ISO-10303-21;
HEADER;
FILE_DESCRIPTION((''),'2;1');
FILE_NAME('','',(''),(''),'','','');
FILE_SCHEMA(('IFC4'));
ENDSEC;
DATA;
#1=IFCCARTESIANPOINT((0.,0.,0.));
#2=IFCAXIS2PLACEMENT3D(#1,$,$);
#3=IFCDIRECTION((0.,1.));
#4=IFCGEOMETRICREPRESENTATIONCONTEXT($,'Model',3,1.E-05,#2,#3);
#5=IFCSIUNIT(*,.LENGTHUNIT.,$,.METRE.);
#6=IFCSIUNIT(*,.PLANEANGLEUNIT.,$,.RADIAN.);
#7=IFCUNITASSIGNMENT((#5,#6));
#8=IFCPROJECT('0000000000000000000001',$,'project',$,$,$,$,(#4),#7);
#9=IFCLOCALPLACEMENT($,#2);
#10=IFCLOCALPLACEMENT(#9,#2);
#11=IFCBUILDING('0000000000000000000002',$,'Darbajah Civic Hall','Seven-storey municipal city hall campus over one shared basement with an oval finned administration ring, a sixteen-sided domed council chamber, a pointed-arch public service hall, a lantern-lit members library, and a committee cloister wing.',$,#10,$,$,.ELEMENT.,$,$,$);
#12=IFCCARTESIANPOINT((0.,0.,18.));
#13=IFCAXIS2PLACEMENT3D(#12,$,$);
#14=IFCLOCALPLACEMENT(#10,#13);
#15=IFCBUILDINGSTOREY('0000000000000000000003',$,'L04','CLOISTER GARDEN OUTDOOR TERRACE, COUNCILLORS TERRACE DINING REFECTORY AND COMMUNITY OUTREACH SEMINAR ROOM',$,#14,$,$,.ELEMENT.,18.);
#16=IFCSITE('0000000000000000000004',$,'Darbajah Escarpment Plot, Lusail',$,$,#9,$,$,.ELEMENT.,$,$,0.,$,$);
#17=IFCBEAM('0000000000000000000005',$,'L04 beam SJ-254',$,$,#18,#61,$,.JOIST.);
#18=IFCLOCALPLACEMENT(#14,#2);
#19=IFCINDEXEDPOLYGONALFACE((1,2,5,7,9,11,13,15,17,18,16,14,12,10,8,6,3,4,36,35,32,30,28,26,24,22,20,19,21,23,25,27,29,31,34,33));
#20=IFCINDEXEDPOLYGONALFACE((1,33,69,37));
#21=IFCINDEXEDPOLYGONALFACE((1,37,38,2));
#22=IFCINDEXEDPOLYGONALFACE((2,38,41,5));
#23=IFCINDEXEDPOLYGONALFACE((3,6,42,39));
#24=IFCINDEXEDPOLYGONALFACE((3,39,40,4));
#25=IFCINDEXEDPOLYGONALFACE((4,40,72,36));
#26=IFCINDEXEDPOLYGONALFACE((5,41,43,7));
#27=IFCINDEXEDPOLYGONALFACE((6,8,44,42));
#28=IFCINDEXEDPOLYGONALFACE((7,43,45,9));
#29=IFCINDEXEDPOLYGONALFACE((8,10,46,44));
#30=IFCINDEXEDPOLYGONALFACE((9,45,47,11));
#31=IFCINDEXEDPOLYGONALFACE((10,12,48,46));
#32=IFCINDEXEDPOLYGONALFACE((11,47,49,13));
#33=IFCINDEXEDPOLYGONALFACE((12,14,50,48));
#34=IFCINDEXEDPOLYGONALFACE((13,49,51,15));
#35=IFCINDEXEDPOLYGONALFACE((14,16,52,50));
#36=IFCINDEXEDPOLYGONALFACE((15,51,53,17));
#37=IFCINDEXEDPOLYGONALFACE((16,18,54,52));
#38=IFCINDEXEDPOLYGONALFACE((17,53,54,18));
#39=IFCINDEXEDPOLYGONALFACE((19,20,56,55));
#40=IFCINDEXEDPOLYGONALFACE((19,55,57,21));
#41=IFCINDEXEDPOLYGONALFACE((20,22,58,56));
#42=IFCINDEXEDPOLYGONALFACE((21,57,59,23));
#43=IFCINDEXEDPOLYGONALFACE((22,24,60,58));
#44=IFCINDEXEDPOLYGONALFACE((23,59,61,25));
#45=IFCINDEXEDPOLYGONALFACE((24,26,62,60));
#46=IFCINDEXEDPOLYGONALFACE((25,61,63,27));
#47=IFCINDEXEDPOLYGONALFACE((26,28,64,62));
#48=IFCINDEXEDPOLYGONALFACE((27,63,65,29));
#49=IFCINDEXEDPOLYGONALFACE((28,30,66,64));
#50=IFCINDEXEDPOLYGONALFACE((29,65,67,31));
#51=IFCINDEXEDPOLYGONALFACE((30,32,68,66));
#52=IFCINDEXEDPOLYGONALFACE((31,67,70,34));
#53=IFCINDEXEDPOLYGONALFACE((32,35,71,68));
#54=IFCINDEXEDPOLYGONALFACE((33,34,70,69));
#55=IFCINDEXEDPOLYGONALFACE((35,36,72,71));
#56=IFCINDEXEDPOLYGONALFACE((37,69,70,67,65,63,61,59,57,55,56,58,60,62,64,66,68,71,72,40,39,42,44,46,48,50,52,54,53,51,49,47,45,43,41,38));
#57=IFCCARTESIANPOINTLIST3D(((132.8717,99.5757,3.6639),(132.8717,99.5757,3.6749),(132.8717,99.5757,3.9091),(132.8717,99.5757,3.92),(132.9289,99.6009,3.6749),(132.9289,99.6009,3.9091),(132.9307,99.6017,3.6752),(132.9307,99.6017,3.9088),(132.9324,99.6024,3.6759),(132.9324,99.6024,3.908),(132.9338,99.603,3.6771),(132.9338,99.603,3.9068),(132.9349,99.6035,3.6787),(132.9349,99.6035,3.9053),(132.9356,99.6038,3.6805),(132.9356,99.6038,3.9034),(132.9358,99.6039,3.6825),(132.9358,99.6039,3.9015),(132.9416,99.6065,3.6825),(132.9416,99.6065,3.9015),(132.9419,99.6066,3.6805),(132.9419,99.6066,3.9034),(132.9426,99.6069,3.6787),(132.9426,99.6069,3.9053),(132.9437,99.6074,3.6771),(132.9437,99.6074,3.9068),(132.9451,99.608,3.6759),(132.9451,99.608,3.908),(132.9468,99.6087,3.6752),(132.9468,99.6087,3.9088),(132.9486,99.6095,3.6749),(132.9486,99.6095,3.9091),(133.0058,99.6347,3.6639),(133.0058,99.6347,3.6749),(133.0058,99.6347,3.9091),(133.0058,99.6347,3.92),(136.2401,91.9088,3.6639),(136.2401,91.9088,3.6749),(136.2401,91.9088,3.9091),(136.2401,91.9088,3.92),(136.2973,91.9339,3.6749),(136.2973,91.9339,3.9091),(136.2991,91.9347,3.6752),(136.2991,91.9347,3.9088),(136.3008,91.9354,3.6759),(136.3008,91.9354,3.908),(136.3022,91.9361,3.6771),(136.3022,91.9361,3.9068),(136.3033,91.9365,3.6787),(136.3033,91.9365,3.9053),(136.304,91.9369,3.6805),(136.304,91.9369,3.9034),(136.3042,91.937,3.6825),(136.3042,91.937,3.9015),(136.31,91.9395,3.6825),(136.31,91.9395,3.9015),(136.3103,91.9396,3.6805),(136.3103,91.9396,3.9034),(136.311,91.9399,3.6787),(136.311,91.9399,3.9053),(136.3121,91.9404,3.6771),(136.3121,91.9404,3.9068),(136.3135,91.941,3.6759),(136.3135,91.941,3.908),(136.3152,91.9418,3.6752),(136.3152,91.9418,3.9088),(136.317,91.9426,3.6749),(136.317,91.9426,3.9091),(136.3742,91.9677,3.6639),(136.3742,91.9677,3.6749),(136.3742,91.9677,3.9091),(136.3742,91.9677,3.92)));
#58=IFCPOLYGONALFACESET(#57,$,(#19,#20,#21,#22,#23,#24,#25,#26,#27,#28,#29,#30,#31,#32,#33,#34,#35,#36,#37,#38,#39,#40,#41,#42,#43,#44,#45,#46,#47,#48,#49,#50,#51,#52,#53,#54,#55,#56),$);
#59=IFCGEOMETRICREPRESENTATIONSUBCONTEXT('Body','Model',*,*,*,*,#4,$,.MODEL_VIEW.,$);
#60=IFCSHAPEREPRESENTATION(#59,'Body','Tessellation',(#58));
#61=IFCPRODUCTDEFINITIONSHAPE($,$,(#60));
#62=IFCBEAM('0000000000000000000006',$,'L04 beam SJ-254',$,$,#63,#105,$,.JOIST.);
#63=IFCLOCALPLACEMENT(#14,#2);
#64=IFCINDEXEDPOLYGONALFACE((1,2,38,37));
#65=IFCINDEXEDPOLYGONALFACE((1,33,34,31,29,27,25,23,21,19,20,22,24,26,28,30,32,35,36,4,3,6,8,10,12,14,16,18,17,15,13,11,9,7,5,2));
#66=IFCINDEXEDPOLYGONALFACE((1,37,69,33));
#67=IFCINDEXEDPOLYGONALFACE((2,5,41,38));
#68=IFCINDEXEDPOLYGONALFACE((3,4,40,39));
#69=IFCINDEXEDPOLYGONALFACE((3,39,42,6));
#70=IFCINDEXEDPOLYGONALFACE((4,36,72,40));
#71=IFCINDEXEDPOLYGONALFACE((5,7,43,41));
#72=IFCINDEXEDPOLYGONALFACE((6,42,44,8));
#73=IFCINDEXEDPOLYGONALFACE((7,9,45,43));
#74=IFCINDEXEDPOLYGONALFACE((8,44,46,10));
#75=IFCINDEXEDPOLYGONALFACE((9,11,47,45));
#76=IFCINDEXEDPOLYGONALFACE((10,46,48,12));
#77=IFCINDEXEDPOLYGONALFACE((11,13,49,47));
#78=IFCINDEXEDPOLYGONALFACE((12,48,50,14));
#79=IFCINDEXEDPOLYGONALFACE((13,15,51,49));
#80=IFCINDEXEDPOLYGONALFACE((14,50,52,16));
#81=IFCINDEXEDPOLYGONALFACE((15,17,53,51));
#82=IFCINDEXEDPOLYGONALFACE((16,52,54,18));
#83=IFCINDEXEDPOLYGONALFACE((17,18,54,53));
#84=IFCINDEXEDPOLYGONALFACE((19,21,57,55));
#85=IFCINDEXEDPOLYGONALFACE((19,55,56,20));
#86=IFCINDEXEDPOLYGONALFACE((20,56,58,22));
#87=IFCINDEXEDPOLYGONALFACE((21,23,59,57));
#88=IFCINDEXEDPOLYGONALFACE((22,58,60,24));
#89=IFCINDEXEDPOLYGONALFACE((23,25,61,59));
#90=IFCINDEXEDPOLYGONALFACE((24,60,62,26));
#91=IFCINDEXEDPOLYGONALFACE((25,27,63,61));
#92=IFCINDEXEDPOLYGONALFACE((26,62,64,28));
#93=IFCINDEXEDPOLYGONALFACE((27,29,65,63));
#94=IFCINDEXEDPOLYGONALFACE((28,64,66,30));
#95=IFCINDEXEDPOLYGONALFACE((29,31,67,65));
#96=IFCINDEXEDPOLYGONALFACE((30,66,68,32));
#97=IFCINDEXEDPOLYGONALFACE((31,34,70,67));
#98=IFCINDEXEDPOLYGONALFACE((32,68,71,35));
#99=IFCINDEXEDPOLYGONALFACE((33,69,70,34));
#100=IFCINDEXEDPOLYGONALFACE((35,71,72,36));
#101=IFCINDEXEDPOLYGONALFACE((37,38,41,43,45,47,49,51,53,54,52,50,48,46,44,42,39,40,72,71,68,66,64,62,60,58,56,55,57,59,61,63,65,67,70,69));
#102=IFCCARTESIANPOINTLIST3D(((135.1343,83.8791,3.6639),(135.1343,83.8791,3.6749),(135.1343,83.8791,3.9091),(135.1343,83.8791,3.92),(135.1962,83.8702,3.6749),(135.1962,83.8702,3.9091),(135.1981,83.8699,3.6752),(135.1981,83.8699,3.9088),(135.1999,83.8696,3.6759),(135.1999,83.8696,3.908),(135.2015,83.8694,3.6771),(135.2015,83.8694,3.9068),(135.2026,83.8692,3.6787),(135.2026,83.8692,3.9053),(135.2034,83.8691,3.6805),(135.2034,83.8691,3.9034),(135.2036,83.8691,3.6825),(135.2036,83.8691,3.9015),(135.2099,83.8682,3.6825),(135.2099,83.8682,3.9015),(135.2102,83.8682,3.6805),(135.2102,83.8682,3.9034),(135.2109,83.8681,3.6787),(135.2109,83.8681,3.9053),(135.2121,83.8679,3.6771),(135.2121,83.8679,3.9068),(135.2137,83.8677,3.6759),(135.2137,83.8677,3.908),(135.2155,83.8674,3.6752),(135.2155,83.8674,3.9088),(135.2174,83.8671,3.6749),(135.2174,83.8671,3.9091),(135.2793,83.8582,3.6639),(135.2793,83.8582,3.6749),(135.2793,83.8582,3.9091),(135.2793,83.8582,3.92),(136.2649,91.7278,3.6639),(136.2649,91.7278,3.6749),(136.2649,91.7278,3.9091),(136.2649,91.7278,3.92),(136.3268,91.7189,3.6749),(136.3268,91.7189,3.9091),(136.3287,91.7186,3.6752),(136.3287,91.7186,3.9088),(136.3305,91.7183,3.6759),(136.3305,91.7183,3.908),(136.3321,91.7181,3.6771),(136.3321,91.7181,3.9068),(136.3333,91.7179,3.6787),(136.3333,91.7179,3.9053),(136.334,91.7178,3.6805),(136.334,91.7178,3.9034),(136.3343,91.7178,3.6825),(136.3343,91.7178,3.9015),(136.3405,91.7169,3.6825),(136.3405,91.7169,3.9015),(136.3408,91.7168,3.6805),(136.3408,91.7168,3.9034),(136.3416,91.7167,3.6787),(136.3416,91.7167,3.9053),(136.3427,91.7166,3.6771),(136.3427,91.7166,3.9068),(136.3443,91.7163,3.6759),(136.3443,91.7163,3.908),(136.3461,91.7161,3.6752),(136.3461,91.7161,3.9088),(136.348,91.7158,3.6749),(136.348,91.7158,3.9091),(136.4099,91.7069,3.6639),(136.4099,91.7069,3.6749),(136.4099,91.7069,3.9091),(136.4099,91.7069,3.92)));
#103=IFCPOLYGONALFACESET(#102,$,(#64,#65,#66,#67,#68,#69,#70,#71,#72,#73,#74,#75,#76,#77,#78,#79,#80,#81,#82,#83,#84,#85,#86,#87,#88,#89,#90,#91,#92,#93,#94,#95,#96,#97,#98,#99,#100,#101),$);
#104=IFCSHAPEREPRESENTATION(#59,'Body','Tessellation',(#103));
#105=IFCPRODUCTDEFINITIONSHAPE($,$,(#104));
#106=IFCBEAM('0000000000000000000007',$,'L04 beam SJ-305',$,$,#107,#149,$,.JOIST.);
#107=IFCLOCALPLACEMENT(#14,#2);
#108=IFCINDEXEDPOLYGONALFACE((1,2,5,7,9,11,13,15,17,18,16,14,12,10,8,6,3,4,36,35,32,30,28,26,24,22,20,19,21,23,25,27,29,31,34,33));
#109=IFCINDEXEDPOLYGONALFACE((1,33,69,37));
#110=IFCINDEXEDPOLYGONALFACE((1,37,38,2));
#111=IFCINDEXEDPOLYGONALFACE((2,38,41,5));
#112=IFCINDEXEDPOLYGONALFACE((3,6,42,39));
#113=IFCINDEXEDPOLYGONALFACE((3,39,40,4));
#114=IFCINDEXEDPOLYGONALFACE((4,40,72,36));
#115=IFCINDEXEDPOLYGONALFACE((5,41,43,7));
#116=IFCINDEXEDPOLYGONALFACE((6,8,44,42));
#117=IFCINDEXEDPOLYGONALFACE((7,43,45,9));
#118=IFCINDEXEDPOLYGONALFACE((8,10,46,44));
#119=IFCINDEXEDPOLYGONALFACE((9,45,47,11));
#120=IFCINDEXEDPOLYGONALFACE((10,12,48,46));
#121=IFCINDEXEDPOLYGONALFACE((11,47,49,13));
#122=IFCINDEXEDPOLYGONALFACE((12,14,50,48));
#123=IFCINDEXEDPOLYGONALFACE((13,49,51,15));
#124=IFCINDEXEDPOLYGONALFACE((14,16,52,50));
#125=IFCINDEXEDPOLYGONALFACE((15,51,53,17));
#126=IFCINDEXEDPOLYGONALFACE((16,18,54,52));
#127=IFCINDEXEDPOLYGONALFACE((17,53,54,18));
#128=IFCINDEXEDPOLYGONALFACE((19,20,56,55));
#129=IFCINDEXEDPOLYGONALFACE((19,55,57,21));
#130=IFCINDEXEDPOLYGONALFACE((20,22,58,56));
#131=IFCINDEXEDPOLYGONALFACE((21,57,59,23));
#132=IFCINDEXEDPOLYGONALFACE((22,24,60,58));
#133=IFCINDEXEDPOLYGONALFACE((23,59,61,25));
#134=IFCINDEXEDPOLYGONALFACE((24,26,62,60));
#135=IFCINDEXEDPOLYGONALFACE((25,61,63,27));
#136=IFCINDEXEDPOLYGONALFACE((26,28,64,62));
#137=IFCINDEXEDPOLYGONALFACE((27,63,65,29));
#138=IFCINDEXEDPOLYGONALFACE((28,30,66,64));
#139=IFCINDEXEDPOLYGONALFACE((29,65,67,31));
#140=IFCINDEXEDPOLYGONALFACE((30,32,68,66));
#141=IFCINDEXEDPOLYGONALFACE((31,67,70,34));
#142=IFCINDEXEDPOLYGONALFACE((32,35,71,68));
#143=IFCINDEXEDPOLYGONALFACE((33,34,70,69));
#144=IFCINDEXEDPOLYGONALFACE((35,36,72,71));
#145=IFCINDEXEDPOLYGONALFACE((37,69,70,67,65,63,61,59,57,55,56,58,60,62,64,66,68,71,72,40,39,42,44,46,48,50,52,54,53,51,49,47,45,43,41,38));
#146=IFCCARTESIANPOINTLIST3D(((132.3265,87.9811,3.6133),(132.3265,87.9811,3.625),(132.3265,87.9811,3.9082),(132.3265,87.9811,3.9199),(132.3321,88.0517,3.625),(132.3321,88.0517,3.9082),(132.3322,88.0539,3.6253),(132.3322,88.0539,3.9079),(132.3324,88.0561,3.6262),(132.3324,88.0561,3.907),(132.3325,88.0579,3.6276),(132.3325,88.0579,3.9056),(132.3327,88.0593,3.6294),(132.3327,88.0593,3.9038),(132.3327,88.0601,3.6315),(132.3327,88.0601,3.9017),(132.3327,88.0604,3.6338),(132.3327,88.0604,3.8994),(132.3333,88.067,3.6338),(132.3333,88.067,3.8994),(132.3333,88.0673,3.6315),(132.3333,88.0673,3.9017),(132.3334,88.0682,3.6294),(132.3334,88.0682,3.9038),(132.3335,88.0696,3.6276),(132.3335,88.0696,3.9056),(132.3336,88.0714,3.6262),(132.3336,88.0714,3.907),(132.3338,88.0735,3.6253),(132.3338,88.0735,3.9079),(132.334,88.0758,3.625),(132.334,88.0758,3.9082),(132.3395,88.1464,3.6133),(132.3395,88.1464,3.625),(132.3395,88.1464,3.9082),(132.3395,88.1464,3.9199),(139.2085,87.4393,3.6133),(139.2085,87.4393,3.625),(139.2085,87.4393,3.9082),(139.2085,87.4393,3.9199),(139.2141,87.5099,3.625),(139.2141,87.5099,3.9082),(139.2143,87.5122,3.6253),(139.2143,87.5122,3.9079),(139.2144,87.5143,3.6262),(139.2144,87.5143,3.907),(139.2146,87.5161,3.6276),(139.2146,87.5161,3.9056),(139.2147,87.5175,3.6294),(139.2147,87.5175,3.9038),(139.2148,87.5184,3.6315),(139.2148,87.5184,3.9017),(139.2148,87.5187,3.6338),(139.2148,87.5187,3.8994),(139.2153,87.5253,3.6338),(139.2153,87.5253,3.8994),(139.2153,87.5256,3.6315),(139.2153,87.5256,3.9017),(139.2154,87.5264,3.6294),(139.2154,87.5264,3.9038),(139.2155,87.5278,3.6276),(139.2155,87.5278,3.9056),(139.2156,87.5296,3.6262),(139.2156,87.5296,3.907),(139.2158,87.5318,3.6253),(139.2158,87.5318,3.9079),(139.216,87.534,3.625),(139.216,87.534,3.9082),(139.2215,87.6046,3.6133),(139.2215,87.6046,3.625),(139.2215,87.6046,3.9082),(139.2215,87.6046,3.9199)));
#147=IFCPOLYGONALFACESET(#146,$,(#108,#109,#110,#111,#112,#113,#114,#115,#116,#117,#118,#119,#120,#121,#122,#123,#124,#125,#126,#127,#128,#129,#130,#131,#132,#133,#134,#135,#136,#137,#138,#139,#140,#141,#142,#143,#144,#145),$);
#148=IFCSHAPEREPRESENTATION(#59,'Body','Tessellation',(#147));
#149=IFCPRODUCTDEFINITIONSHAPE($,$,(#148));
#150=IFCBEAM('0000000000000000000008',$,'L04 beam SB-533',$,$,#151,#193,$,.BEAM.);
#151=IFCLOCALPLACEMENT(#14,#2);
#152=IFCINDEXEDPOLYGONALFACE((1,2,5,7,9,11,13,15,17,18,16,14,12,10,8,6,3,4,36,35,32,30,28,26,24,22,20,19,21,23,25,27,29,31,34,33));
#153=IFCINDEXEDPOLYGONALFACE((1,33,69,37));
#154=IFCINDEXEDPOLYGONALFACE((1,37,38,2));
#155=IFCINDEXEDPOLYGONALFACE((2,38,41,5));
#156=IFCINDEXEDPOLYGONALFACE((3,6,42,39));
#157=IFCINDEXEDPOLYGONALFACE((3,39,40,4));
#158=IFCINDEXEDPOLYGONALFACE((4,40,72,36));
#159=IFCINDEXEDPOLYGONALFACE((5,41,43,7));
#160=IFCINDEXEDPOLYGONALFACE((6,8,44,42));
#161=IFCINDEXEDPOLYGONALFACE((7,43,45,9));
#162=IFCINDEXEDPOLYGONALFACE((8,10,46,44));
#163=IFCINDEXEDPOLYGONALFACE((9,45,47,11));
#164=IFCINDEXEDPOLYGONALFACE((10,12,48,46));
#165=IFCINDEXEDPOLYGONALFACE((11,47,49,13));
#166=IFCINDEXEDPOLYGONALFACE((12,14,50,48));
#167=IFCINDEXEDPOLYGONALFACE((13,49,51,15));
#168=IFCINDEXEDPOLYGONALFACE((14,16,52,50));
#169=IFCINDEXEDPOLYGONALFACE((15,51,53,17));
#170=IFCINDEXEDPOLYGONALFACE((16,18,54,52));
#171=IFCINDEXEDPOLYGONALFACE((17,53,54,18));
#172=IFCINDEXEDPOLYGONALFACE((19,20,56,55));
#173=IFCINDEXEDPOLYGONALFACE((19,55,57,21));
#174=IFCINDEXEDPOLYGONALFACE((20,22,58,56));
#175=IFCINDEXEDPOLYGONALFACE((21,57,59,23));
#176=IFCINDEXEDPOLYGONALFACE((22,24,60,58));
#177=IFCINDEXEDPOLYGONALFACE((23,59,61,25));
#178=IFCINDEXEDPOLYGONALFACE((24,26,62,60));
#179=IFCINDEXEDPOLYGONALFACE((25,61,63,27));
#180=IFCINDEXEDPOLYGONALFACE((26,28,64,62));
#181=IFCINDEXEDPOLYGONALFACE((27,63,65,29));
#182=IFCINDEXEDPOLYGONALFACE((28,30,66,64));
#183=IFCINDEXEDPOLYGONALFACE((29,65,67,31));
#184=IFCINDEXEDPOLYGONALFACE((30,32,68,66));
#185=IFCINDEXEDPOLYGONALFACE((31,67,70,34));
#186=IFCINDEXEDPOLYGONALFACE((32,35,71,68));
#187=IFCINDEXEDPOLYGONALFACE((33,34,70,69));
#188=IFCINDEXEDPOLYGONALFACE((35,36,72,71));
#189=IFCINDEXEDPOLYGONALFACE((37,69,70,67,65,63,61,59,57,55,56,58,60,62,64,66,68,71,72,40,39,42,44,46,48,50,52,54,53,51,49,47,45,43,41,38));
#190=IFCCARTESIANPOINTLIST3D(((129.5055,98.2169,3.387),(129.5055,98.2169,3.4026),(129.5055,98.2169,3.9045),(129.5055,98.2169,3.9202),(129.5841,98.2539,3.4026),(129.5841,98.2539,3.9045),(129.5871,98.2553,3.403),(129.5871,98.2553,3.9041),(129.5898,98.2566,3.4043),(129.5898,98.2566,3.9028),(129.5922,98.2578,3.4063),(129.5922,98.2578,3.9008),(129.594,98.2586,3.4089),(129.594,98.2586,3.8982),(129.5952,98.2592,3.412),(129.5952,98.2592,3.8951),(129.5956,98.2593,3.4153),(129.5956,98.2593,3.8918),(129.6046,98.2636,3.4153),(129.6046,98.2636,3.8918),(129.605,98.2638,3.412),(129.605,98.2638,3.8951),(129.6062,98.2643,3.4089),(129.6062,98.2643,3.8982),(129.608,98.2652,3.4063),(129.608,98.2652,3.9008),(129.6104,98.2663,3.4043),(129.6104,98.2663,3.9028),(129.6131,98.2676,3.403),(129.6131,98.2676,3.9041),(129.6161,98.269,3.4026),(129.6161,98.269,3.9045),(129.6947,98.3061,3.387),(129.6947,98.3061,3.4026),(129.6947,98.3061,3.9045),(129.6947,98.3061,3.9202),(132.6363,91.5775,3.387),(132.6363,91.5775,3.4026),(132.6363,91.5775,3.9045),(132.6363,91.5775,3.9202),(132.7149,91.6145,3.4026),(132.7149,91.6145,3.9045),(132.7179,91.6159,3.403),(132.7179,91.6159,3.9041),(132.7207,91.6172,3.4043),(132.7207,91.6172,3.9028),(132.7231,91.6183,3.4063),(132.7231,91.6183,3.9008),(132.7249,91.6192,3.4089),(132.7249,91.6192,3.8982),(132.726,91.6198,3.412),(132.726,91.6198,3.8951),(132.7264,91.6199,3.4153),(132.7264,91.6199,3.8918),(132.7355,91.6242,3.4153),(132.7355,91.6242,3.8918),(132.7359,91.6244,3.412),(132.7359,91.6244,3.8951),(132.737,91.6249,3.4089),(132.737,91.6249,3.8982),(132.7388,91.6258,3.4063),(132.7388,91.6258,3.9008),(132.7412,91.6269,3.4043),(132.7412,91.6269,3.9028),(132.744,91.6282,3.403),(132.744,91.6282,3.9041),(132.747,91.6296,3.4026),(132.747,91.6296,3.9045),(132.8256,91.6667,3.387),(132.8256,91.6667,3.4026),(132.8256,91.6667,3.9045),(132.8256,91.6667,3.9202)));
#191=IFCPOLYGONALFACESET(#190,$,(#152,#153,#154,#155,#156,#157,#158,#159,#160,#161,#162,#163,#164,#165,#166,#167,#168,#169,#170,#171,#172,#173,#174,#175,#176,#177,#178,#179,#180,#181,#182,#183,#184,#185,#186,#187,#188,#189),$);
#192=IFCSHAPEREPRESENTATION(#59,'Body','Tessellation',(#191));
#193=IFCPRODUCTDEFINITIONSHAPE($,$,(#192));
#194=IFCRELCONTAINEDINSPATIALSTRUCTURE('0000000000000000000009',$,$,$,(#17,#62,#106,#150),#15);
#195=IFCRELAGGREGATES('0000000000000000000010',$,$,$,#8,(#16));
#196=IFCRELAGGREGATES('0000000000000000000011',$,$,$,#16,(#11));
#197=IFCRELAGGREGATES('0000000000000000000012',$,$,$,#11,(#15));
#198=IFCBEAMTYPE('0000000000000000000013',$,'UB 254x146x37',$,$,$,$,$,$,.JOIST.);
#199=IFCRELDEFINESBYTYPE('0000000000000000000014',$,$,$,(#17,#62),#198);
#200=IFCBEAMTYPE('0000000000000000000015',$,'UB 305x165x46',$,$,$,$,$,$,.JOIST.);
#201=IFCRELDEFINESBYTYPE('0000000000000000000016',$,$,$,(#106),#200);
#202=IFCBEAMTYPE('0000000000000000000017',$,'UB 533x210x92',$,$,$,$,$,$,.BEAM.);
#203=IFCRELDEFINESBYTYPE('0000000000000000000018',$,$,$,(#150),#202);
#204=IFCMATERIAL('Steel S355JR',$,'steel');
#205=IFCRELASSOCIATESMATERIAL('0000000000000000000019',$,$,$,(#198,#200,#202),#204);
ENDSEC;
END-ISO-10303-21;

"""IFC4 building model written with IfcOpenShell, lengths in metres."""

from ifc_helpers import new_model, si_unit, direction, frame, origin, origin_2d, place, context, subcontext, project, spatial, i_section, extrude, material, material_profile, profile_set, type_object, element, save


model = new_model("IFC4")

# Units and contexts
model_context = context("Model", 3, precision=1e-05, world=origin(), true_north=direction((0.0, 1.0)))
body_context = subcontext(model_context, "Body", "Model", "MODEL_VIEW")
ifc_project = project(units=[si_unit("LENGTHUNIT", "METRE"), si_unit("PLANEANGLEUNIT", "RADIAN")], contexts=[model_context])

# Site, building, storey
site_placement = place(None, origin())
site = spatial("IfcSite", under=ifc_project, at=site_placement, Name="Darbajah Escarpment Plot, Lusail", CompositionType="ELEMENT", RefElevation=0.0)
building_placement = place(site_placement, origin())
building = spatial("IfcBuilding", under=site, at=building_placement, Name="Darbajah Civic Hall", Description="Seven-storey municipal city hall campus over one shared basement with an oval finned administration ring, a sixteen-sided domed council chamber, a pointed-arch public service hall, a lantern-lit members library, and a committee cloister wing.", CompositionType="ELEMENT")
storey_placement = place(building_placement, frame((0.0, 0.0, 18.0)))
storey = spatial("IfcBuildingStorey", under=building, at=storey_placement, Name="L04", Description="CLOISTER GARDEN OUTDOOR TERRACE, COUNCILLORS TERRACE DINING REFECTORY AND COMMUNITY OUTREACH SEMINAR ROOM", CompositionType="ELEMENT", Elevation=18.0)

# Beams
ifc_material_1 = material(Name="Steel S355JR", Category="steel")
ifc_material_profile_1 = material_profile(ifc_material_1, i_section(OverallWidth=0.1465, OverallDepth=0.2561, WebThickness=0.0063, FlangeThickness=0.011, FilletRadius=0.0076, at=origin_2d()), Name="UB 254x146x37")
ifc_profile_set_1 = profile_set([ifc_material_profile_1], Name="Steel S355JR")
beam_type_1 = type_object("IfcBeamType", Name="UB 254x146x37", PredefinedType="JOIST", material=ifc_profile_set_1)
beam_1_placement = place(storey_placement, frame((136.3071, 91.9382, 3.792), z_axis=(-0.402231, 0.915538, 0.0), x_axis=(-0.915538, -0.402231, 0.0)))
element("IfcBeam", 1, at=beam_1_placement, inside=storey, type_object=beam_type_1, Name="L04 beam SJ-254", PredefinedType="JOIST", context=body_context, shape_type="SweptSolid", body=[
    extrude(i_section(OverallWidth=0.1465, OverallDepth=0.2561, WebThickness=0.0063, FlangeThickness=0.011, FilletRadius=0.0076, at=origin_2d()), origin(), (0.0, 0.0, 1.0), 8.3743),
])
beam_2_placement = place(storey_placement, frame((135.2068, 83.8687, 3.792), z_axis=(0.142581, 0.989783, 0.0), x_axis=(-0.989783, 0.142581, 0.0)))
element("IfcBeam", 2, at=beam_2_placement, inside=storey, type_object=beam_type_1, Name="L04 beam SJ-254", PredefinedType="JOIST", context=body_context, shape_type="SweptSolid", body=[
    extrude(i_section(OverallWidth=0.1465, OverallDepth=0.2561, WebThickness=0.0063, FlangeThickness=0.011, FilletRadius=0.0076, at=origin_2d()), origin(), (0.0, 0.0, 1.0), 7.9297),
])
ifc_material_profile_2 = material_profile(ifc_material_1, i_section(OverallWidth=0.1658, OverallDepth=0.3066, WebThickness=0.0066, FlangeThickness=0.0117, FilletRadius=0.0088, at=origin_2d()), Name="UB 305x165x46")
ifc_profile_set_2 = profile_set([ifc_material_profile_2], Name="Steel S355JR")
beam_type_2 = type_object("IfcBeamType", Name="UB 305x165x46", PredefinedType="JOIST", material=ifc_profile_set_2)
beam_3_placement = place(storey_placement, frame((132.333, 88.0637, 3.7666), z_axis=(0.996916, -0.078476, 0.0), x_axis=(0.078476, 0.996916, 0.0)))
element("IfcBeam", 3, at=beam_3_placement, inside=storey, type_object=beam_type_2, Name="L04 beam SJ-305", PredefinedType="JOIST", context=body_context, shape_type="SweptSolid", body=[
    extrude(i_section(OverallWidth=0.1658, OverallDepth=0.3066, WebThickness=0.0066, FlangeThickness=0.0117, FilletRadius=0.0088, at=origin_2d()), origin(), (0.0, 0.0, 1.0), 6.9033),
])
ifc_material_profile_3 = material_profile(ifc_material_1, i_section(OverallWidth=0.2092, OverallDepth=0.5332, WebThickness=0.01, FlangeThickness=0.0156, FilletRadius=0.0127, at=origin_2d()), Name="UB 533x210x92")
ifc_profile_set_3 = profile_set([ifc_material_profile_3], Name="Steel S355JR")
beam_type_3 = type_object("IfcBeamType", Name="UB 533x210x92", PredefinedType="BEAM", material=ifc_profile_set_3)
beam_4_placement = place(storey_placement, frame((132.731, 91.6221, 3.6536), z_axis=(-0.426514, 0.904481, 0.0), x_axis=(-0.904481, -0.426514, 0.0)))
element("IfcBeam", 4, at=beam_4_placement, inside=storey, type_object=beam_type_3, Name="L04 beam SB-533", PredefinedType="BEAM", context=body_context, shape_type="SweptSolid", body=[
    extrude(i_section(OverallWidth=0.2092, OverallDepth=0.5332, WebThickness=0.01, FlangeThickness=0.0156, FilletRadius=0.0127, at=origin_2d()), origin(), (0.0, 0.0, 1.0), 7.3406),
])

save(model, "model.ifc")
